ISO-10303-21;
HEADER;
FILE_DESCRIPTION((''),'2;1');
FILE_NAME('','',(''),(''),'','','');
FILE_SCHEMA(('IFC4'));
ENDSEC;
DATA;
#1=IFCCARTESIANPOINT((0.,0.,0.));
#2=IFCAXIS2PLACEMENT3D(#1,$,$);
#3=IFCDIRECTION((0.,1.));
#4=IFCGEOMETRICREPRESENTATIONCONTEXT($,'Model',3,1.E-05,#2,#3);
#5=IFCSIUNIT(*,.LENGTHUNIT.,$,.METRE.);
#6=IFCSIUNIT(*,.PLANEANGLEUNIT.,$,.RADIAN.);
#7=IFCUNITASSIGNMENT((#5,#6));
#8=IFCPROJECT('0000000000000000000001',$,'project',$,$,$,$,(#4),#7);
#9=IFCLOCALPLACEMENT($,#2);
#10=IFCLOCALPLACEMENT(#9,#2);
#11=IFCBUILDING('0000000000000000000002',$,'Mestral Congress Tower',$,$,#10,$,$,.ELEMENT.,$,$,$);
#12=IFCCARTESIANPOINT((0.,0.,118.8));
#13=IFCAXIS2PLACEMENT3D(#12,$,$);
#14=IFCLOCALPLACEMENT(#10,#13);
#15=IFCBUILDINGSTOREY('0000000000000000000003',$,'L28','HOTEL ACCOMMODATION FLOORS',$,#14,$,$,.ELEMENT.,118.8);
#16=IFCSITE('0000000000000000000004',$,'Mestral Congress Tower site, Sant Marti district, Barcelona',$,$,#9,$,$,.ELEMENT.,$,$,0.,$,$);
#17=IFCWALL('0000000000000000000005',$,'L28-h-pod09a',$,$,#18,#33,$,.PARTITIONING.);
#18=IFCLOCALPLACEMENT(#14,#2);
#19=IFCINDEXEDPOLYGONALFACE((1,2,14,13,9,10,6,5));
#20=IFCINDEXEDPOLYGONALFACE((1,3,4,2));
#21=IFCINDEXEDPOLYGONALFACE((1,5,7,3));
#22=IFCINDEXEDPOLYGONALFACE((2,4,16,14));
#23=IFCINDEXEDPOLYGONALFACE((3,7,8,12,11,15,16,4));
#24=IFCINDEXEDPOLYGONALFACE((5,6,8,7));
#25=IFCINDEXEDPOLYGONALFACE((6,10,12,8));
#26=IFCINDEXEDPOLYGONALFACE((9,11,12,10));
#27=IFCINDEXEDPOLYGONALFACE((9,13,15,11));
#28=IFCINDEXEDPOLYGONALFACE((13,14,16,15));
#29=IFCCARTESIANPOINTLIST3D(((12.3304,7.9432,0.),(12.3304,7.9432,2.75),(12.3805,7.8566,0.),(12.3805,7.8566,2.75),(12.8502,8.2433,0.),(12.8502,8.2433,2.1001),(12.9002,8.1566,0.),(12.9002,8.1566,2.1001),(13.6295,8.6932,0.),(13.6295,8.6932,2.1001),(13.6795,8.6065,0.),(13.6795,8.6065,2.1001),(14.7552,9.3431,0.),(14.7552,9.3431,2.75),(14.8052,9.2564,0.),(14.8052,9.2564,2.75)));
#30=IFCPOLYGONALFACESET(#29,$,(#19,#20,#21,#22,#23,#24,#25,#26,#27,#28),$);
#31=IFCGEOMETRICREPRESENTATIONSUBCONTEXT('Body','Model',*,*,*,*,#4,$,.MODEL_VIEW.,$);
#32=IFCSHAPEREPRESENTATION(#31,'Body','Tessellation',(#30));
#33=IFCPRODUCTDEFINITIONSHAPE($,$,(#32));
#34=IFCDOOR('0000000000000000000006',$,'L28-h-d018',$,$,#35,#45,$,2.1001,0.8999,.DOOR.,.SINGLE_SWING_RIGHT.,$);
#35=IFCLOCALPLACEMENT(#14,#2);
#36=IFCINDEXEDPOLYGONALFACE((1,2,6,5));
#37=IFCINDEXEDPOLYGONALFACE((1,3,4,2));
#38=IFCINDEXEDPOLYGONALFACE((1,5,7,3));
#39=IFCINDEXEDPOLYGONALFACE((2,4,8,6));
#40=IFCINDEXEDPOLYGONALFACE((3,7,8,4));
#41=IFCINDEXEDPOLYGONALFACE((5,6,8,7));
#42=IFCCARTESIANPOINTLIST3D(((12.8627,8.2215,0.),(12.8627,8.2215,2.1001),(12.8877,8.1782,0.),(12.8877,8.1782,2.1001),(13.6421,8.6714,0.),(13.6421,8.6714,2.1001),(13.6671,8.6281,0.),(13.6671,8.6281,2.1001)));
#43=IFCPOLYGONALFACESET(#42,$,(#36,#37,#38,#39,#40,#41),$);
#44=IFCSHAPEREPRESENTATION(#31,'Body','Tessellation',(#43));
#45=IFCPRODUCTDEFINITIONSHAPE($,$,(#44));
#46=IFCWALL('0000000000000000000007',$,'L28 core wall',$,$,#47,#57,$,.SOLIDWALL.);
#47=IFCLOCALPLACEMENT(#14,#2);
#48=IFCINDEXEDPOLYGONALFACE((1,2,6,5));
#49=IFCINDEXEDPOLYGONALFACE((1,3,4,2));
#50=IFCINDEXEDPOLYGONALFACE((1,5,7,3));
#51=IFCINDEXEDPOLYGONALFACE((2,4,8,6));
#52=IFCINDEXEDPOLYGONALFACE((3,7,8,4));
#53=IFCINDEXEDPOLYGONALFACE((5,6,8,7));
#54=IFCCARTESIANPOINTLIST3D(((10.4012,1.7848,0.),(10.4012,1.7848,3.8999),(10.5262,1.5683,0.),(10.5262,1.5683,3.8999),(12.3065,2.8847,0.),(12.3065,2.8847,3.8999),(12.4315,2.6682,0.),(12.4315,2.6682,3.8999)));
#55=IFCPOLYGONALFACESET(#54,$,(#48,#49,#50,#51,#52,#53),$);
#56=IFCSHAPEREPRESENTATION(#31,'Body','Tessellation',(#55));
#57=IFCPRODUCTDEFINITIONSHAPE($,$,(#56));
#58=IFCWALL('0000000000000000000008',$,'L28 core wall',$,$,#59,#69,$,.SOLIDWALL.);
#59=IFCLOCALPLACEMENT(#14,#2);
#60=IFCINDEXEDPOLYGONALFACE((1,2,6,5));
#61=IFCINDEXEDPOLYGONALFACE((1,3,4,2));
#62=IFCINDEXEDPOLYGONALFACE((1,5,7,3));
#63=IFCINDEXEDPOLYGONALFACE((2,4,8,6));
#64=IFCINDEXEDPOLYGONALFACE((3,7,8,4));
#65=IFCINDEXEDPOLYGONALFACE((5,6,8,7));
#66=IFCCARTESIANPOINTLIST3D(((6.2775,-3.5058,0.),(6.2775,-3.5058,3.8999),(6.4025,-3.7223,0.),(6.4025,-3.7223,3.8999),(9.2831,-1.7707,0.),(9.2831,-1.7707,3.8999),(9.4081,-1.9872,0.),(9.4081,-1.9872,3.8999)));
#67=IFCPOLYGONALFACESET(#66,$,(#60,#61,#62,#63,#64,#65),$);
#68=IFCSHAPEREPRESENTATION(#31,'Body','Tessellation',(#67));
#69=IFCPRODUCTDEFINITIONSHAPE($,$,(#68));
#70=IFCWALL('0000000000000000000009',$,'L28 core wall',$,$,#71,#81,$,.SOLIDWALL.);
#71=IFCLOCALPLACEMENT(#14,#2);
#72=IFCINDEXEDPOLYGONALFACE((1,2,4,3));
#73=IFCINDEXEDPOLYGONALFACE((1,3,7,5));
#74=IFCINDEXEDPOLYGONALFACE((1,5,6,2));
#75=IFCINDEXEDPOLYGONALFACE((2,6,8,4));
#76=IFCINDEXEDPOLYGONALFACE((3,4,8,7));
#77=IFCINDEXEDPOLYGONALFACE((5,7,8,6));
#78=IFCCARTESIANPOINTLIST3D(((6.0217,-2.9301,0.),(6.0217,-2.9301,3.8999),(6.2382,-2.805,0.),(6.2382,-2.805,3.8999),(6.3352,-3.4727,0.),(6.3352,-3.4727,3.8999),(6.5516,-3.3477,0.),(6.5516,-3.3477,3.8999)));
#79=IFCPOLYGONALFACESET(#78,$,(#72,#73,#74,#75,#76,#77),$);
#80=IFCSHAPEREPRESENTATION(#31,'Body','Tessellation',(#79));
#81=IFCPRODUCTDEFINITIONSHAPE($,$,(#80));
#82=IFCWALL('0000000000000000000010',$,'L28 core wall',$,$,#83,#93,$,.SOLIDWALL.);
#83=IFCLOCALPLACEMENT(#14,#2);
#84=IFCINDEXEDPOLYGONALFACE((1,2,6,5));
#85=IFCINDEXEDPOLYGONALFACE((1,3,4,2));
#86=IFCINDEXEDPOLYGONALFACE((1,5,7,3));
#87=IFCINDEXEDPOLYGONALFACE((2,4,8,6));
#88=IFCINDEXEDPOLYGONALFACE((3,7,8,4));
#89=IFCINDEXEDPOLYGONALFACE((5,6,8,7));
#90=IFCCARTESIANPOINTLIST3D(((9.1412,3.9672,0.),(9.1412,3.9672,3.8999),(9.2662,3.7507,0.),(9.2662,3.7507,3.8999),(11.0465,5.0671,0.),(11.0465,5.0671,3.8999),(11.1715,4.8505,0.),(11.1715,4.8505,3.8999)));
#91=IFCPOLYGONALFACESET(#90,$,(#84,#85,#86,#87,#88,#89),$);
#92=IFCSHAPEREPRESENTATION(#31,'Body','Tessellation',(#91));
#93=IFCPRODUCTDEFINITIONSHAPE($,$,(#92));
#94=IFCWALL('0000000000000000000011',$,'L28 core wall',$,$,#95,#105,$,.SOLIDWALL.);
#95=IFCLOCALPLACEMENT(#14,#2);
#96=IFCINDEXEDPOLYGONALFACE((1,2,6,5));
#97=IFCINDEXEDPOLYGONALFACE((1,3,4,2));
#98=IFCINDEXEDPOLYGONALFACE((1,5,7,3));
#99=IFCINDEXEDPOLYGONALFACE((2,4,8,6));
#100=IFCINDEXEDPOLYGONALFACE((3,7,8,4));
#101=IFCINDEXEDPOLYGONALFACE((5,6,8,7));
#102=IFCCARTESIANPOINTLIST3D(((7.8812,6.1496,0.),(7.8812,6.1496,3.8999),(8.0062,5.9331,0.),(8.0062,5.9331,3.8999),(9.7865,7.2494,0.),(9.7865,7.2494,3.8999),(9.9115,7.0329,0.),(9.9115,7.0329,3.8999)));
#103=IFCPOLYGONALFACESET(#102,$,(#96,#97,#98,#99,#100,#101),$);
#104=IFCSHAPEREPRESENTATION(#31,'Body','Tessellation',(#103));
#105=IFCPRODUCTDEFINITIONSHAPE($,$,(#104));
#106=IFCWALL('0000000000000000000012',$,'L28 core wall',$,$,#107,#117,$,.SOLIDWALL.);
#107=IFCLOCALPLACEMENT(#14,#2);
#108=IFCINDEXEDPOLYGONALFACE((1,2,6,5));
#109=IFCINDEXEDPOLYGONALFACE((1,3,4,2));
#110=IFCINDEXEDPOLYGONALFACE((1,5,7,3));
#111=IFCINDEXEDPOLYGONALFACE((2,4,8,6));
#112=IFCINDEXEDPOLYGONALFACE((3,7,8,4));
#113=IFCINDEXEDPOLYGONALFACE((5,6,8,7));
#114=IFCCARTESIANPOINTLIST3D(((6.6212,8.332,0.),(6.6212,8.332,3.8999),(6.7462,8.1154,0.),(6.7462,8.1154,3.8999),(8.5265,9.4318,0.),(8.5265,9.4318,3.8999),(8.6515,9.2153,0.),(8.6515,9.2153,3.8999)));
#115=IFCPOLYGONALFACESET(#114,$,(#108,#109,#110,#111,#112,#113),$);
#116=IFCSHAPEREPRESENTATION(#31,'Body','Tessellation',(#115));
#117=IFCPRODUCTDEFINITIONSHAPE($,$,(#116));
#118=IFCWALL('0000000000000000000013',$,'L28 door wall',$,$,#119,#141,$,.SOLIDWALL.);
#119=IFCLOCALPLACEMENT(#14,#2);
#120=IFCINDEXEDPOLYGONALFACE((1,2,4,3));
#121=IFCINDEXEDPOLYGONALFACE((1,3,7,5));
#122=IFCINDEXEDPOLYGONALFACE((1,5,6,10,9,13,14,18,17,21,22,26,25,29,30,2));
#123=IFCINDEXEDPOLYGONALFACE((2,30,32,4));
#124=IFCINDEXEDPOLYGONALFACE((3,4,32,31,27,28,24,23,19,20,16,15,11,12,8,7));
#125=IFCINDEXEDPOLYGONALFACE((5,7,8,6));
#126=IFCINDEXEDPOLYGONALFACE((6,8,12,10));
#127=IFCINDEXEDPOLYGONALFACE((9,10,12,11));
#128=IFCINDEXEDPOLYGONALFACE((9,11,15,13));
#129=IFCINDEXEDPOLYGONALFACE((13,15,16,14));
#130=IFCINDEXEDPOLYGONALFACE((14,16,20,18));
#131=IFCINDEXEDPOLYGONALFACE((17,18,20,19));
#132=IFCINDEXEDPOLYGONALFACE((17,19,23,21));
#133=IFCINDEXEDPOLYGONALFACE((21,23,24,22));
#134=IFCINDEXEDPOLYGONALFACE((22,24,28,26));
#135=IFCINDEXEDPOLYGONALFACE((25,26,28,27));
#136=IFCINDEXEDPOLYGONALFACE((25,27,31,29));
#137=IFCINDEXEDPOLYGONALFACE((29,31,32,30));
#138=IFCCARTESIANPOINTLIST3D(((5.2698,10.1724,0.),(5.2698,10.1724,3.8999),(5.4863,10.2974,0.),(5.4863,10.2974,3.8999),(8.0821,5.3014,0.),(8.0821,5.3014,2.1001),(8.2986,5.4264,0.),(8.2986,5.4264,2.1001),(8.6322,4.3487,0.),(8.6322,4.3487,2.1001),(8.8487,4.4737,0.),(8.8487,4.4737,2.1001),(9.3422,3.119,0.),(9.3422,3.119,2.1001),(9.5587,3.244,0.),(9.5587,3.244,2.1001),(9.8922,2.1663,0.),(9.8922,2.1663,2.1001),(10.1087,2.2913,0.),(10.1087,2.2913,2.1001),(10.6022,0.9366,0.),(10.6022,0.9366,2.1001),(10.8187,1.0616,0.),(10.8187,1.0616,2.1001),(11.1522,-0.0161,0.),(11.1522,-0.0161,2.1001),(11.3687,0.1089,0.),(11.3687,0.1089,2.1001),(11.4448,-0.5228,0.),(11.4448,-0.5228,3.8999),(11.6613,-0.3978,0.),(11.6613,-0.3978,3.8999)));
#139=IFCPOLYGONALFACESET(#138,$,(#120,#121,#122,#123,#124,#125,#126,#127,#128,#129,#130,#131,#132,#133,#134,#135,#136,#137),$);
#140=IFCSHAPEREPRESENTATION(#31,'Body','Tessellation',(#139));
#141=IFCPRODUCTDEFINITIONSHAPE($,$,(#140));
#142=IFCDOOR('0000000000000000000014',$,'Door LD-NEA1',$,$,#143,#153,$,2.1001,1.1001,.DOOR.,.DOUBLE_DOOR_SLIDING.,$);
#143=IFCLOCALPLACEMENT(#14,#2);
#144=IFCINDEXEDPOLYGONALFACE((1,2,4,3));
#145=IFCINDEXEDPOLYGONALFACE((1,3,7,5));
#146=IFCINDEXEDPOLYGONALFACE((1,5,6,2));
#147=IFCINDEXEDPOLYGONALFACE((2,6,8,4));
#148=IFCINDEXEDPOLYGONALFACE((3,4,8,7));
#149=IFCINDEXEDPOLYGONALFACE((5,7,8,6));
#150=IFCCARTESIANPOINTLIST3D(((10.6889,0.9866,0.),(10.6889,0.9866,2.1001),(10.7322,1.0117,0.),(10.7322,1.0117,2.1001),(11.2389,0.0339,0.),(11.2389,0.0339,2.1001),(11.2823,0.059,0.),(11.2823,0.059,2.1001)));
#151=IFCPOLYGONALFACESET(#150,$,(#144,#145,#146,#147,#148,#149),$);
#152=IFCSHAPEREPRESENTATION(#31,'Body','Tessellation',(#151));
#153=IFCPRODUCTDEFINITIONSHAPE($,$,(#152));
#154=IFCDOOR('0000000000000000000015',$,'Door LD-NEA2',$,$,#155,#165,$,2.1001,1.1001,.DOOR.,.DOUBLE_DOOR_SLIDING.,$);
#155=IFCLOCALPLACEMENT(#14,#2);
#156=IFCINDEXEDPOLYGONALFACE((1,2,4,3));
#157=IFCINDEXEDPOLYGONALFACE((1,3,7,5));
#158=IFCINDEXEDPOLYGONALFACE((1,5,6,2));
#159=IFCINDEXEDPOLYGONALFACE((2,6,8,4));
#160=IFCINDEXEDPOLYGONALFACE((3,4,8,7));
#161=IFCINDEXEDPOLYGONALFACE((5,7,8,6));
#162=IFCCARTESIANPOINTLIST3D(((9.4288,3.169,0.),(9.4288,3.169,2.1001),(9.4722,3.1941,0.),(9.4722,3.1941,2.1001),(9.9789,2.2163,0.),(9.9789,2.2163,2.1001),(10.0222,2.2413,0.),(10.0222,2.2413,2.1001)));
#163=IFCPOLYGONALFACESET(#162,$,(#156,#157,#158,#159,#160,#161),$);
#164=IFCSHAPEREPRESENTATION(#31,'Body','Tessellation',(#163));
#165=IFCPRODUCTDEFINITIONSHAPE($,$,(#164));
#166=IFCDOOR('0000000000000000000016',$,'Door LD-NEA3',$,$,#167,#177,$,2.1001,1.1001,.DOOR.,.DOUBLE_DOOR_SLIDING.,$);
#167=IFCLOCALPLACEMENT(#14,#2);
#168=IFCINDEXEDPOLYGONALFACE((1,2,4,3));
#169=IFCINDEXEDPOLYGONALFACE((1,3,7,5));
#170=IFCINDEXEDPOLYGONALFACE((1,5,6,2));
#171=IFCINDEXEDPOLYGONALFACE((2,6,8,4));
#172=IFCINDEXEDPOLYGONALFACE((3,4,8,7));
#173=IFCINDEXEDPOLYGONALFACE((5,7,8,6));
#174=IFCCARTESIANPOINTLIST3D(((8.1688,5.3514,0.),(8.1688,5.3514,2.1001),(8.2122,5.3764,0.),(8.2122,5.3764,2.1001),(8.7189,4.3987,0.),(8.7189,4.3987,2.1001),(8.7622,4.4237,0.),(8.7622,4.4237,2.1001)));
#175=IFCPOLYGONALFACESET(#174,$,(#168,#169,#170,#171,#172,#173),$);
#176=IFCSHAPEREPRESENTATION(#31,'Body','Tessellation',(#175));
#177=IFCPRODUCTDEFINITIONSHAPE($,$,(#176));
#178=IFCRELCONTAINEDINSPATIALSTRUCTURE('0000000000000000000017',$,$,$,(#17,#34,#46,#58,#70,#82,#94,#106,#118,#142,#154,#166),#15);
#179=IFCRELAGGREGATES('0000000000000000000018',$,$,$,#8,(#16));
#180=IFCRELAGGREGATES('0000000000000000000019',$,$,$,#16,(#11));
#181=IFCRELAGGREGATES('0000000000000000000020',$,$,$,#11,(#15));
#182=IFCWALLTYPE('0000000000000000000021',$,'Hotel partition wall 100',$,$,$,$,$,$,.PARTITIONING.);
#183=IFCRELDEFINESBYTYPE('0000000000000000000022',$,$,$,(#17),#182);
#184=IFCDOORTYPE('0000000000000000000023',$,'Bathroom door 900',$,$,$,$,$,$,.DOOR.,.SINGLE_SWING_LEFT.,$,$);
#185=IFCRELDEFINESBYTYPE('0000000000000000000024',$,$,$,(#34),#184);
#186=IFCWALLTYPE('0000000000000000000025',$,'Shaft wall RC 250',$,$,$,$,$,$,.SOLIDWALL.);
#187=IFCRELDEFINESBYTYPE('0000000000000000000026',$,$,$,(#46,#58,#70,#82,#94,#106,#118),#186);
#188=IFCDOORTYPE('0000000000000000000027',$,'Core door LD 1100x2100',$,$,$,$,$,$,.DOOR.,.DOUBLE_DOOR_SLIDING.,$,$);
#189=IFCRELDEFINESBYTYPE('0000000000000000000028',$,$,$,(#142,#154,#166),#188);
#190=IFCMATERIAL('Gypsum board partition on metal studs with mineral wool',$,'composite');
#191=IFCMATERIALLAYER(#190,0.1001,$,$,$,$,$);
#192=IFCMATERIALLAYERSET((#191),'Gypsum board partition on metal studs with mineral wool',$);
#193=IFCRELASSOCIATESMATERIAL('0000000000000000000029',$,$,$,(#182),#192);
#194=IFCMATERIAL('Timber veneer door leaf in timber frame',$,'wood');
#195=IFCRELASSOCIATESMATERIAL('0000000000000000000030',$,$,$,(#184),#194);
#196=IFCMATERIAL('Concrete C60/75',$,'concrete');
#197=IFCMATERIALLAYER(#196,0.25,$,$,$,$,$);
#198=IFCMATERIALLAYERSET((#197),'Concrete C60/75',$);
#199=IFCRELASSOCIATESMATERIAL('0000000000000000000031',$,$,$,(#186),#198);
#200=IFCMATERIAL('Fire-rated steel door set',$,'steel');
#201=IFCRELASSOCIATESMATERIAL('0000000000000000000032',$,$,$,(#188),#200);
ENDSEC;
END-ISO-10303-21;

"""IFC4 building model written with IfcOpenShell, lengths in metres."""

from ifc_helpers import new_model, si_unit, direction, frame, frame_2d, origin, place, context, subcontext, project, spatial, rectangle, extrude, material, layer, layer_set, type_object, element, fill, save


model = new_model("IFC4")

# Units and contexts
model_context = context("Model", 3, precision=1e-05, world=origin(), true_north=direction((0.0, 1.0)))
body_context = subcontext(model_context, "Body", "Model", "MODEL_VIEW")
ifc_project = project(units=[si_unit("LENGTHUNIT", "METRE"), si_unit("PLANEANGLEUNIT", "RADIAN")], contexts=[model_context])

# Site, building, storey
site_placement = place(None, origin())
site = spatial("IfcSite", under=ifc_project, at=site_placement, Name="Mestral Congress Tower site, Sant Marti district, Barcelona", CompositionType="ELEMENT", RefElevation=0.0)
building_placement = place(site_placement, origin())
building = spatial("IfcBuilding", under=site, at=building_placement, Name="Mestral Congress Tower", CompositionType="ELEMENT")
storey_placement = place(building_placement, frame((0.0, 0.0, 118.8)))
storey = spatial("IfcBuildingStorey", under=building, at=storey_placement, Name="L28", Description="HOTEL ACCOMMODATION FLOORS", CompositionType="ELEMENT", Elevation=118.8)

# Wall, opening, door
ifc_material_1 = material(Name="Gypsum board partition on metal studs with mineral wool", Category="composite")
ifc_layer_1 = layer(ifc_material_1, 0.1001)
ifc_layer_set_1 = layer_set([ifc_layer_1], Name="Gypsum board partition on metal studs with mineral wool")
wall_type_1 = type_object("IfcWallType", Name="Hotel partition wall 100", PredefinedType="PARTITIONING", material=ifc_layer_set_1)
wall_1_placement = place(storey_placement, frame((12.3555, 7.8999, 0.0), z_axis=(0.0, 0.0, 1.0), x_axis=(0.866035, 0.499984, 0.0)))
wall_1 = element("IfcWall", 1, at=wall_1_placement, inside=storey, type_object=wall_type_1, Name="L28-h-pod09a", PredefinedType="PARTITIONING", context=body_context, shape_type="SweptSolid", body=[
    extrude(rectangle(XDim=2.7998, YDim=0.1001, at=frame_2d((1.3999, 0.0))), origin(), (0.0, 0.0, 1.0), 2.75),
])
opening_1_placement = place(wall_1_placement, frame((0.6001, 0.0, 0.0)))
opening_1 = element("IfcOpeningElement", 2, at=opening_1_placement, cuts=wall_1, PredefinedType="OPENING", context=body_context, shape_type="SweptSolid", body=[
    extrude(rectangle(XDim=0.8999, YDim=2.1001, at=frame_2d((0.45, 1.05))), frame((0.0, 0.0601, 0.0), z_axis=(0.0, -1.0, 0.0), x_axis=(1.0, 0.0, 0.0)), (0.0, 0.0, 1.0), 0.1201),
])
ifc_material_2 = material(Name="Timber veneer door leaf in timber frame", Category="wood")
door_type_1 = type_object("IfcDoorType", Name="Bathroom door 900", OperationType="SINGLE_SWING_LEFT", PredefinedType="DOOR", material=ifc_material_2)
door_1_placement = place(opening_1_placement, origin())
door_1 = element("IfcDoor", 3, at=door_1_placement, inside=storey, type_object=door_type_1, Name="L28-h-d018", OperationType="SINGLE_SWING_RIGHT", OverallHeight=2.1001, OverallWidth=0.8999, PredefinedType="DOOR", context=body_context, shape_type="SweptSolid", body=[
    extrude(rectangle(XDim=0.8999, YDim=2.1001, at=frame_2d((0.45, 1.05))), frame((0.0, 0.0249, 0.0), z_axis=(0.0, -1.0, 0.0), x_axis=(1.0, 0.0, 0.0)), (0.0, 0.0, 1.0), 0.05),
])
fill(opening_1, door_1)

# Walls
ifc_material_3 = material(Name="Concrete C60/75", Category="concrete")
ifc_layer_2 = layer(ifc_material_3, 0.25)
ifc_layer_set_2 = layer_set([ifc_layer_2], Name="Concrete C60/75")
wall_type_2 = type_object("IfcWallType", Name="Shaft wall RC 250", PredefinedType="SOLIDWALL", material=ifc_layer_set_2)
wall_2_placement = place(storey_placement, frame((10.4636, 1.6765, 0.0), z_axis=(0.0, 0.0, 1.0), x_axis=(0.866056, 0.499947, 0.0)))
element("IfcWall", 4, at=wall_2_placement, inside=storey, type_object=wall_type_2, Name="L28 core wall", PredefinedType="SOLIDWALL", context=body_context, shape_type="SweptSolid", body=[
    extrude(rectangle(XDim=2.2, YDim=0.25, at=frame_2d((1.1001, 0.0))), origin(), (0.0, 0.0, 1.0), 3.8999),
])
wall_3_placement = place(storey_placement, frame((9.3457, -1.8789, 0.0), z_axis=(0.0, 0.0, 1.0), x_axis=(-0.866049, -0.49996, 0.0)))
element("IfcWall", 5, at=wall_3_placement, inside=storey, type_object=wall_type_2, Name="L28 core wall", PredefinedType="SOLIDWALL", context=body_context, shape_type="SweptSolid", body=[
    extrude(rectangle(XDim=3.4705, YDim=0.25, at=frame_2d((1.7354, 0.0))), origin(), (0.0, 0.0, 1.0), 3.8999),
])
wall_4_placement = place(storey_placement, frame((6.1299, -2.8674, 0.0), z_axis=(0.0, 0.0, 1.0), x_axis=(0.500161, -0.865933, 0.0)))
element("IfcWall", 6, at=wall_4_placement, inside=storey, type_object=wall_type_2, Name="L28 core wall", PredefinedType="SOLIDWALL", context=body_context, shape_type="SweptSolid", body=[
    extrude(rectangle(XDim=0.6267, YDim=0.25, at=frame_2d((0.3135, 0.0))), origin(), (0.0, 0.0, 1.0), 3.8999),
])
for number, where, z_axis, x_axis, name in (
    (7, (9.2036, 3.8589, 0.0), (0.0, 0.0, 1.0), (0.866056, 0.499947, 0.0), "L28 core wall"),
    (8, (7.9436, 6.0413, 0.0), (0.0, 0.0, 1.0), (0.866056, 0.499947, 0.0), "L28 core wall"),
    (9, (6.6836, 8.2236, 0.0), (0.0, 0.0, 1.0), (0.866056, 0.499947, 0.0), "L28 core wall"),
):
    element("IfcWall", number, at=place(storey_placement, frame(where, z_axis=z_axis, x_axis=x_axis)), inside=storey, type_object=wall_type_2, Name=name, PredefinedType="SOLIDWALL", context=body_context, shape_type="SweptSolid", body=[
        extrude(rectangle(XDim=2.2, YDim=0.25, at=frame_2d((1.1001, 0.0))), origin(), (0.0, 0.0, 1.0), 3.8999),
    ])

# Wall, openings, doors
wall_5_placement = place(storey_placement, frame((11.553, -0.4602, 0.0), z_axis=(0.0, 0.0, 1.0), x_axis=(-0.500007, 0.866022, 0.0)))
wall_5 = element("IfcWall", 10, at=wall_5_placement, inside=storey, type_object=wall_type_2, Name="L28 door wall", PredefinedType="SOLIDWALL", context=body_context, shape_type="SweptSolid", body=[
    extrude(rectangle(XDim=12.3499, YDim=0.25, at=frame_2d((6.1748, 0.0))), origin(), (0.0, 0.0, 1.0), 3.8999),
])
opening_2_placement = place(wall_5_placement, frame((0.585, 0.0, 0.0)))
opening_2 = element("IfcOpeningElement", 11, at=opening_2_placement, cuts=wall_5, PredefinedType="OPENING", context=body_context, shape_type="SweptSolid", body=[
    extrude(rectangle(XDim=1.1001, YDim=2.1001, at=frame_2d((0.55, 1.05))), frame((0.0, 0.135, 0.0), z_axis=(0.0, -1.0, 0.0), x_axis=(1.0, 0.0, 0.0)), (0.0, 0.0, 1.0), 0.27),
])
opening_3_placement = place(wall_5_placement, frame((3.105, 0.0, 0.0)))
opening_3 = element("IfcOpeningElement", 12, at=opening_3_placement, cuts=wall_5, PredefinedType="OPENING", context=body_context, shape_type="SweptSolid", body=[
    extrude(rectangle(XDim=1.1001, YDim=2.1001, at=frame_2d((0.55, 1.05))), frame((0.0, 0.135, 0.0), z_axis=(0.0, -1.0, 0.0), x_axis=(1.0, 0.0, 0.0)), (0.0, 0.0, 1.0), 0.27),
])
opening_4_placement = place(wall_5_placement, frame((5.625, 0.0, 0.0)))
opening_4 = element("IfcOpeningElement", 13, at=opening_4_placement, cuts=wall_5, PredefinedType="OPENING", context=body_context, shape_type="SweptSolid", body=[
    extrude(rectangle(XDim=1.1001, YDim=2.1001, at=frame_2d((0.55, 1.05))), frame((0.0, 0.135, 0.0), z_axis=(0.0, -1.0, 0.0), x_axis=(1.0, 0.0, 0.0)), (0.0, 0.0, 1.0), 0.27),
])
ifc_material_4 = material(Name="Fire-rated steel door set", Category="steel")
door_type_2 = type_object("IfcDoorType", Name="Core door LD 1100x2100", OperationType="DOUBLE_DOOR_SLIDING", PredefinedType="DOOR", material=ifc_material_4)
door_2_placement = place(opening_2_placement, origin())
door_2 = element("IfcDoor", 14, at=door_2_placement, inside=storey, type_object=door_type_2, Name="Door LD-NEA1", OperationType="DOUBLE_DOOR_SLIDING", OverallHeight=2.1001, OverallWidth=1.1001, PredefinedType="DOOR", context=body_context, shape_type="SweptSolid", body=[
    extrude(rectangle(XDim=1.1001, YDim=2.1001, at=frame_2d((0.55, 1.05))), frame((0.0, 0.0249, 0.0), z_axis=(0.0, -1.0, 0.0), x_axis=(1.0, 0.0, 0.0)), (0.0, 0.0, 1.0), 0.05),
])
fill(opening_2, door_2)
door_3_placement = place(opening_3_placement, origin())
door_3 = element("IfcDoor", 15, at=door_3_placement, inside=storey, type_object=door_type_2, Name="Door LD-NEA2", OperationType="DOUBLE_DOOR_SLIDING", OverallHeight=2.1001, OverallWidth=1.1001, PredefinedType="DOOR", context=body_context, shape_type="SweptSolid", body=[
    extrude(rectangle(XDim=1.1001, YDim=2.1001, at=frame_2d((0.55, 1.05))), frame((0.0, 0.0249, 0.0), z_axis=(0.0, -1.0, 0.0), x_axis=(1.0, 0.0, 0.0)), (0.0, 0.0, 1.0), 0.05),
])
fill(opening_3, door_3)
door_4_placement = place(opening_4_placement, origin())
door_4 = element("IfcDoor", 16, at=door_4_placement, inside=storey, type_object=door_type_2, Name="Door LD-NEA3", OperationType="DOUBLE_DOOR_SLIDING", OverallHeight=2.1001, OverallWidth=1.1001, PredefinedType="DOOR", context=body_context, shape_type="SweptSolid", body=[
    extrude(rectangle(XDim=1.1001, YDim=2.1001, at=frame_2d((0.55, 1.05))), frame((0.0, 0.0249, 0.0), z_axis=(0.0, -1.0, 0.0), x_axis=(1.0, 0.0, 0.0)), (0.0, 0.0, 1.0), 0.05),
])
fill(opening_4, door_4)

save(model, "model.ifc")
